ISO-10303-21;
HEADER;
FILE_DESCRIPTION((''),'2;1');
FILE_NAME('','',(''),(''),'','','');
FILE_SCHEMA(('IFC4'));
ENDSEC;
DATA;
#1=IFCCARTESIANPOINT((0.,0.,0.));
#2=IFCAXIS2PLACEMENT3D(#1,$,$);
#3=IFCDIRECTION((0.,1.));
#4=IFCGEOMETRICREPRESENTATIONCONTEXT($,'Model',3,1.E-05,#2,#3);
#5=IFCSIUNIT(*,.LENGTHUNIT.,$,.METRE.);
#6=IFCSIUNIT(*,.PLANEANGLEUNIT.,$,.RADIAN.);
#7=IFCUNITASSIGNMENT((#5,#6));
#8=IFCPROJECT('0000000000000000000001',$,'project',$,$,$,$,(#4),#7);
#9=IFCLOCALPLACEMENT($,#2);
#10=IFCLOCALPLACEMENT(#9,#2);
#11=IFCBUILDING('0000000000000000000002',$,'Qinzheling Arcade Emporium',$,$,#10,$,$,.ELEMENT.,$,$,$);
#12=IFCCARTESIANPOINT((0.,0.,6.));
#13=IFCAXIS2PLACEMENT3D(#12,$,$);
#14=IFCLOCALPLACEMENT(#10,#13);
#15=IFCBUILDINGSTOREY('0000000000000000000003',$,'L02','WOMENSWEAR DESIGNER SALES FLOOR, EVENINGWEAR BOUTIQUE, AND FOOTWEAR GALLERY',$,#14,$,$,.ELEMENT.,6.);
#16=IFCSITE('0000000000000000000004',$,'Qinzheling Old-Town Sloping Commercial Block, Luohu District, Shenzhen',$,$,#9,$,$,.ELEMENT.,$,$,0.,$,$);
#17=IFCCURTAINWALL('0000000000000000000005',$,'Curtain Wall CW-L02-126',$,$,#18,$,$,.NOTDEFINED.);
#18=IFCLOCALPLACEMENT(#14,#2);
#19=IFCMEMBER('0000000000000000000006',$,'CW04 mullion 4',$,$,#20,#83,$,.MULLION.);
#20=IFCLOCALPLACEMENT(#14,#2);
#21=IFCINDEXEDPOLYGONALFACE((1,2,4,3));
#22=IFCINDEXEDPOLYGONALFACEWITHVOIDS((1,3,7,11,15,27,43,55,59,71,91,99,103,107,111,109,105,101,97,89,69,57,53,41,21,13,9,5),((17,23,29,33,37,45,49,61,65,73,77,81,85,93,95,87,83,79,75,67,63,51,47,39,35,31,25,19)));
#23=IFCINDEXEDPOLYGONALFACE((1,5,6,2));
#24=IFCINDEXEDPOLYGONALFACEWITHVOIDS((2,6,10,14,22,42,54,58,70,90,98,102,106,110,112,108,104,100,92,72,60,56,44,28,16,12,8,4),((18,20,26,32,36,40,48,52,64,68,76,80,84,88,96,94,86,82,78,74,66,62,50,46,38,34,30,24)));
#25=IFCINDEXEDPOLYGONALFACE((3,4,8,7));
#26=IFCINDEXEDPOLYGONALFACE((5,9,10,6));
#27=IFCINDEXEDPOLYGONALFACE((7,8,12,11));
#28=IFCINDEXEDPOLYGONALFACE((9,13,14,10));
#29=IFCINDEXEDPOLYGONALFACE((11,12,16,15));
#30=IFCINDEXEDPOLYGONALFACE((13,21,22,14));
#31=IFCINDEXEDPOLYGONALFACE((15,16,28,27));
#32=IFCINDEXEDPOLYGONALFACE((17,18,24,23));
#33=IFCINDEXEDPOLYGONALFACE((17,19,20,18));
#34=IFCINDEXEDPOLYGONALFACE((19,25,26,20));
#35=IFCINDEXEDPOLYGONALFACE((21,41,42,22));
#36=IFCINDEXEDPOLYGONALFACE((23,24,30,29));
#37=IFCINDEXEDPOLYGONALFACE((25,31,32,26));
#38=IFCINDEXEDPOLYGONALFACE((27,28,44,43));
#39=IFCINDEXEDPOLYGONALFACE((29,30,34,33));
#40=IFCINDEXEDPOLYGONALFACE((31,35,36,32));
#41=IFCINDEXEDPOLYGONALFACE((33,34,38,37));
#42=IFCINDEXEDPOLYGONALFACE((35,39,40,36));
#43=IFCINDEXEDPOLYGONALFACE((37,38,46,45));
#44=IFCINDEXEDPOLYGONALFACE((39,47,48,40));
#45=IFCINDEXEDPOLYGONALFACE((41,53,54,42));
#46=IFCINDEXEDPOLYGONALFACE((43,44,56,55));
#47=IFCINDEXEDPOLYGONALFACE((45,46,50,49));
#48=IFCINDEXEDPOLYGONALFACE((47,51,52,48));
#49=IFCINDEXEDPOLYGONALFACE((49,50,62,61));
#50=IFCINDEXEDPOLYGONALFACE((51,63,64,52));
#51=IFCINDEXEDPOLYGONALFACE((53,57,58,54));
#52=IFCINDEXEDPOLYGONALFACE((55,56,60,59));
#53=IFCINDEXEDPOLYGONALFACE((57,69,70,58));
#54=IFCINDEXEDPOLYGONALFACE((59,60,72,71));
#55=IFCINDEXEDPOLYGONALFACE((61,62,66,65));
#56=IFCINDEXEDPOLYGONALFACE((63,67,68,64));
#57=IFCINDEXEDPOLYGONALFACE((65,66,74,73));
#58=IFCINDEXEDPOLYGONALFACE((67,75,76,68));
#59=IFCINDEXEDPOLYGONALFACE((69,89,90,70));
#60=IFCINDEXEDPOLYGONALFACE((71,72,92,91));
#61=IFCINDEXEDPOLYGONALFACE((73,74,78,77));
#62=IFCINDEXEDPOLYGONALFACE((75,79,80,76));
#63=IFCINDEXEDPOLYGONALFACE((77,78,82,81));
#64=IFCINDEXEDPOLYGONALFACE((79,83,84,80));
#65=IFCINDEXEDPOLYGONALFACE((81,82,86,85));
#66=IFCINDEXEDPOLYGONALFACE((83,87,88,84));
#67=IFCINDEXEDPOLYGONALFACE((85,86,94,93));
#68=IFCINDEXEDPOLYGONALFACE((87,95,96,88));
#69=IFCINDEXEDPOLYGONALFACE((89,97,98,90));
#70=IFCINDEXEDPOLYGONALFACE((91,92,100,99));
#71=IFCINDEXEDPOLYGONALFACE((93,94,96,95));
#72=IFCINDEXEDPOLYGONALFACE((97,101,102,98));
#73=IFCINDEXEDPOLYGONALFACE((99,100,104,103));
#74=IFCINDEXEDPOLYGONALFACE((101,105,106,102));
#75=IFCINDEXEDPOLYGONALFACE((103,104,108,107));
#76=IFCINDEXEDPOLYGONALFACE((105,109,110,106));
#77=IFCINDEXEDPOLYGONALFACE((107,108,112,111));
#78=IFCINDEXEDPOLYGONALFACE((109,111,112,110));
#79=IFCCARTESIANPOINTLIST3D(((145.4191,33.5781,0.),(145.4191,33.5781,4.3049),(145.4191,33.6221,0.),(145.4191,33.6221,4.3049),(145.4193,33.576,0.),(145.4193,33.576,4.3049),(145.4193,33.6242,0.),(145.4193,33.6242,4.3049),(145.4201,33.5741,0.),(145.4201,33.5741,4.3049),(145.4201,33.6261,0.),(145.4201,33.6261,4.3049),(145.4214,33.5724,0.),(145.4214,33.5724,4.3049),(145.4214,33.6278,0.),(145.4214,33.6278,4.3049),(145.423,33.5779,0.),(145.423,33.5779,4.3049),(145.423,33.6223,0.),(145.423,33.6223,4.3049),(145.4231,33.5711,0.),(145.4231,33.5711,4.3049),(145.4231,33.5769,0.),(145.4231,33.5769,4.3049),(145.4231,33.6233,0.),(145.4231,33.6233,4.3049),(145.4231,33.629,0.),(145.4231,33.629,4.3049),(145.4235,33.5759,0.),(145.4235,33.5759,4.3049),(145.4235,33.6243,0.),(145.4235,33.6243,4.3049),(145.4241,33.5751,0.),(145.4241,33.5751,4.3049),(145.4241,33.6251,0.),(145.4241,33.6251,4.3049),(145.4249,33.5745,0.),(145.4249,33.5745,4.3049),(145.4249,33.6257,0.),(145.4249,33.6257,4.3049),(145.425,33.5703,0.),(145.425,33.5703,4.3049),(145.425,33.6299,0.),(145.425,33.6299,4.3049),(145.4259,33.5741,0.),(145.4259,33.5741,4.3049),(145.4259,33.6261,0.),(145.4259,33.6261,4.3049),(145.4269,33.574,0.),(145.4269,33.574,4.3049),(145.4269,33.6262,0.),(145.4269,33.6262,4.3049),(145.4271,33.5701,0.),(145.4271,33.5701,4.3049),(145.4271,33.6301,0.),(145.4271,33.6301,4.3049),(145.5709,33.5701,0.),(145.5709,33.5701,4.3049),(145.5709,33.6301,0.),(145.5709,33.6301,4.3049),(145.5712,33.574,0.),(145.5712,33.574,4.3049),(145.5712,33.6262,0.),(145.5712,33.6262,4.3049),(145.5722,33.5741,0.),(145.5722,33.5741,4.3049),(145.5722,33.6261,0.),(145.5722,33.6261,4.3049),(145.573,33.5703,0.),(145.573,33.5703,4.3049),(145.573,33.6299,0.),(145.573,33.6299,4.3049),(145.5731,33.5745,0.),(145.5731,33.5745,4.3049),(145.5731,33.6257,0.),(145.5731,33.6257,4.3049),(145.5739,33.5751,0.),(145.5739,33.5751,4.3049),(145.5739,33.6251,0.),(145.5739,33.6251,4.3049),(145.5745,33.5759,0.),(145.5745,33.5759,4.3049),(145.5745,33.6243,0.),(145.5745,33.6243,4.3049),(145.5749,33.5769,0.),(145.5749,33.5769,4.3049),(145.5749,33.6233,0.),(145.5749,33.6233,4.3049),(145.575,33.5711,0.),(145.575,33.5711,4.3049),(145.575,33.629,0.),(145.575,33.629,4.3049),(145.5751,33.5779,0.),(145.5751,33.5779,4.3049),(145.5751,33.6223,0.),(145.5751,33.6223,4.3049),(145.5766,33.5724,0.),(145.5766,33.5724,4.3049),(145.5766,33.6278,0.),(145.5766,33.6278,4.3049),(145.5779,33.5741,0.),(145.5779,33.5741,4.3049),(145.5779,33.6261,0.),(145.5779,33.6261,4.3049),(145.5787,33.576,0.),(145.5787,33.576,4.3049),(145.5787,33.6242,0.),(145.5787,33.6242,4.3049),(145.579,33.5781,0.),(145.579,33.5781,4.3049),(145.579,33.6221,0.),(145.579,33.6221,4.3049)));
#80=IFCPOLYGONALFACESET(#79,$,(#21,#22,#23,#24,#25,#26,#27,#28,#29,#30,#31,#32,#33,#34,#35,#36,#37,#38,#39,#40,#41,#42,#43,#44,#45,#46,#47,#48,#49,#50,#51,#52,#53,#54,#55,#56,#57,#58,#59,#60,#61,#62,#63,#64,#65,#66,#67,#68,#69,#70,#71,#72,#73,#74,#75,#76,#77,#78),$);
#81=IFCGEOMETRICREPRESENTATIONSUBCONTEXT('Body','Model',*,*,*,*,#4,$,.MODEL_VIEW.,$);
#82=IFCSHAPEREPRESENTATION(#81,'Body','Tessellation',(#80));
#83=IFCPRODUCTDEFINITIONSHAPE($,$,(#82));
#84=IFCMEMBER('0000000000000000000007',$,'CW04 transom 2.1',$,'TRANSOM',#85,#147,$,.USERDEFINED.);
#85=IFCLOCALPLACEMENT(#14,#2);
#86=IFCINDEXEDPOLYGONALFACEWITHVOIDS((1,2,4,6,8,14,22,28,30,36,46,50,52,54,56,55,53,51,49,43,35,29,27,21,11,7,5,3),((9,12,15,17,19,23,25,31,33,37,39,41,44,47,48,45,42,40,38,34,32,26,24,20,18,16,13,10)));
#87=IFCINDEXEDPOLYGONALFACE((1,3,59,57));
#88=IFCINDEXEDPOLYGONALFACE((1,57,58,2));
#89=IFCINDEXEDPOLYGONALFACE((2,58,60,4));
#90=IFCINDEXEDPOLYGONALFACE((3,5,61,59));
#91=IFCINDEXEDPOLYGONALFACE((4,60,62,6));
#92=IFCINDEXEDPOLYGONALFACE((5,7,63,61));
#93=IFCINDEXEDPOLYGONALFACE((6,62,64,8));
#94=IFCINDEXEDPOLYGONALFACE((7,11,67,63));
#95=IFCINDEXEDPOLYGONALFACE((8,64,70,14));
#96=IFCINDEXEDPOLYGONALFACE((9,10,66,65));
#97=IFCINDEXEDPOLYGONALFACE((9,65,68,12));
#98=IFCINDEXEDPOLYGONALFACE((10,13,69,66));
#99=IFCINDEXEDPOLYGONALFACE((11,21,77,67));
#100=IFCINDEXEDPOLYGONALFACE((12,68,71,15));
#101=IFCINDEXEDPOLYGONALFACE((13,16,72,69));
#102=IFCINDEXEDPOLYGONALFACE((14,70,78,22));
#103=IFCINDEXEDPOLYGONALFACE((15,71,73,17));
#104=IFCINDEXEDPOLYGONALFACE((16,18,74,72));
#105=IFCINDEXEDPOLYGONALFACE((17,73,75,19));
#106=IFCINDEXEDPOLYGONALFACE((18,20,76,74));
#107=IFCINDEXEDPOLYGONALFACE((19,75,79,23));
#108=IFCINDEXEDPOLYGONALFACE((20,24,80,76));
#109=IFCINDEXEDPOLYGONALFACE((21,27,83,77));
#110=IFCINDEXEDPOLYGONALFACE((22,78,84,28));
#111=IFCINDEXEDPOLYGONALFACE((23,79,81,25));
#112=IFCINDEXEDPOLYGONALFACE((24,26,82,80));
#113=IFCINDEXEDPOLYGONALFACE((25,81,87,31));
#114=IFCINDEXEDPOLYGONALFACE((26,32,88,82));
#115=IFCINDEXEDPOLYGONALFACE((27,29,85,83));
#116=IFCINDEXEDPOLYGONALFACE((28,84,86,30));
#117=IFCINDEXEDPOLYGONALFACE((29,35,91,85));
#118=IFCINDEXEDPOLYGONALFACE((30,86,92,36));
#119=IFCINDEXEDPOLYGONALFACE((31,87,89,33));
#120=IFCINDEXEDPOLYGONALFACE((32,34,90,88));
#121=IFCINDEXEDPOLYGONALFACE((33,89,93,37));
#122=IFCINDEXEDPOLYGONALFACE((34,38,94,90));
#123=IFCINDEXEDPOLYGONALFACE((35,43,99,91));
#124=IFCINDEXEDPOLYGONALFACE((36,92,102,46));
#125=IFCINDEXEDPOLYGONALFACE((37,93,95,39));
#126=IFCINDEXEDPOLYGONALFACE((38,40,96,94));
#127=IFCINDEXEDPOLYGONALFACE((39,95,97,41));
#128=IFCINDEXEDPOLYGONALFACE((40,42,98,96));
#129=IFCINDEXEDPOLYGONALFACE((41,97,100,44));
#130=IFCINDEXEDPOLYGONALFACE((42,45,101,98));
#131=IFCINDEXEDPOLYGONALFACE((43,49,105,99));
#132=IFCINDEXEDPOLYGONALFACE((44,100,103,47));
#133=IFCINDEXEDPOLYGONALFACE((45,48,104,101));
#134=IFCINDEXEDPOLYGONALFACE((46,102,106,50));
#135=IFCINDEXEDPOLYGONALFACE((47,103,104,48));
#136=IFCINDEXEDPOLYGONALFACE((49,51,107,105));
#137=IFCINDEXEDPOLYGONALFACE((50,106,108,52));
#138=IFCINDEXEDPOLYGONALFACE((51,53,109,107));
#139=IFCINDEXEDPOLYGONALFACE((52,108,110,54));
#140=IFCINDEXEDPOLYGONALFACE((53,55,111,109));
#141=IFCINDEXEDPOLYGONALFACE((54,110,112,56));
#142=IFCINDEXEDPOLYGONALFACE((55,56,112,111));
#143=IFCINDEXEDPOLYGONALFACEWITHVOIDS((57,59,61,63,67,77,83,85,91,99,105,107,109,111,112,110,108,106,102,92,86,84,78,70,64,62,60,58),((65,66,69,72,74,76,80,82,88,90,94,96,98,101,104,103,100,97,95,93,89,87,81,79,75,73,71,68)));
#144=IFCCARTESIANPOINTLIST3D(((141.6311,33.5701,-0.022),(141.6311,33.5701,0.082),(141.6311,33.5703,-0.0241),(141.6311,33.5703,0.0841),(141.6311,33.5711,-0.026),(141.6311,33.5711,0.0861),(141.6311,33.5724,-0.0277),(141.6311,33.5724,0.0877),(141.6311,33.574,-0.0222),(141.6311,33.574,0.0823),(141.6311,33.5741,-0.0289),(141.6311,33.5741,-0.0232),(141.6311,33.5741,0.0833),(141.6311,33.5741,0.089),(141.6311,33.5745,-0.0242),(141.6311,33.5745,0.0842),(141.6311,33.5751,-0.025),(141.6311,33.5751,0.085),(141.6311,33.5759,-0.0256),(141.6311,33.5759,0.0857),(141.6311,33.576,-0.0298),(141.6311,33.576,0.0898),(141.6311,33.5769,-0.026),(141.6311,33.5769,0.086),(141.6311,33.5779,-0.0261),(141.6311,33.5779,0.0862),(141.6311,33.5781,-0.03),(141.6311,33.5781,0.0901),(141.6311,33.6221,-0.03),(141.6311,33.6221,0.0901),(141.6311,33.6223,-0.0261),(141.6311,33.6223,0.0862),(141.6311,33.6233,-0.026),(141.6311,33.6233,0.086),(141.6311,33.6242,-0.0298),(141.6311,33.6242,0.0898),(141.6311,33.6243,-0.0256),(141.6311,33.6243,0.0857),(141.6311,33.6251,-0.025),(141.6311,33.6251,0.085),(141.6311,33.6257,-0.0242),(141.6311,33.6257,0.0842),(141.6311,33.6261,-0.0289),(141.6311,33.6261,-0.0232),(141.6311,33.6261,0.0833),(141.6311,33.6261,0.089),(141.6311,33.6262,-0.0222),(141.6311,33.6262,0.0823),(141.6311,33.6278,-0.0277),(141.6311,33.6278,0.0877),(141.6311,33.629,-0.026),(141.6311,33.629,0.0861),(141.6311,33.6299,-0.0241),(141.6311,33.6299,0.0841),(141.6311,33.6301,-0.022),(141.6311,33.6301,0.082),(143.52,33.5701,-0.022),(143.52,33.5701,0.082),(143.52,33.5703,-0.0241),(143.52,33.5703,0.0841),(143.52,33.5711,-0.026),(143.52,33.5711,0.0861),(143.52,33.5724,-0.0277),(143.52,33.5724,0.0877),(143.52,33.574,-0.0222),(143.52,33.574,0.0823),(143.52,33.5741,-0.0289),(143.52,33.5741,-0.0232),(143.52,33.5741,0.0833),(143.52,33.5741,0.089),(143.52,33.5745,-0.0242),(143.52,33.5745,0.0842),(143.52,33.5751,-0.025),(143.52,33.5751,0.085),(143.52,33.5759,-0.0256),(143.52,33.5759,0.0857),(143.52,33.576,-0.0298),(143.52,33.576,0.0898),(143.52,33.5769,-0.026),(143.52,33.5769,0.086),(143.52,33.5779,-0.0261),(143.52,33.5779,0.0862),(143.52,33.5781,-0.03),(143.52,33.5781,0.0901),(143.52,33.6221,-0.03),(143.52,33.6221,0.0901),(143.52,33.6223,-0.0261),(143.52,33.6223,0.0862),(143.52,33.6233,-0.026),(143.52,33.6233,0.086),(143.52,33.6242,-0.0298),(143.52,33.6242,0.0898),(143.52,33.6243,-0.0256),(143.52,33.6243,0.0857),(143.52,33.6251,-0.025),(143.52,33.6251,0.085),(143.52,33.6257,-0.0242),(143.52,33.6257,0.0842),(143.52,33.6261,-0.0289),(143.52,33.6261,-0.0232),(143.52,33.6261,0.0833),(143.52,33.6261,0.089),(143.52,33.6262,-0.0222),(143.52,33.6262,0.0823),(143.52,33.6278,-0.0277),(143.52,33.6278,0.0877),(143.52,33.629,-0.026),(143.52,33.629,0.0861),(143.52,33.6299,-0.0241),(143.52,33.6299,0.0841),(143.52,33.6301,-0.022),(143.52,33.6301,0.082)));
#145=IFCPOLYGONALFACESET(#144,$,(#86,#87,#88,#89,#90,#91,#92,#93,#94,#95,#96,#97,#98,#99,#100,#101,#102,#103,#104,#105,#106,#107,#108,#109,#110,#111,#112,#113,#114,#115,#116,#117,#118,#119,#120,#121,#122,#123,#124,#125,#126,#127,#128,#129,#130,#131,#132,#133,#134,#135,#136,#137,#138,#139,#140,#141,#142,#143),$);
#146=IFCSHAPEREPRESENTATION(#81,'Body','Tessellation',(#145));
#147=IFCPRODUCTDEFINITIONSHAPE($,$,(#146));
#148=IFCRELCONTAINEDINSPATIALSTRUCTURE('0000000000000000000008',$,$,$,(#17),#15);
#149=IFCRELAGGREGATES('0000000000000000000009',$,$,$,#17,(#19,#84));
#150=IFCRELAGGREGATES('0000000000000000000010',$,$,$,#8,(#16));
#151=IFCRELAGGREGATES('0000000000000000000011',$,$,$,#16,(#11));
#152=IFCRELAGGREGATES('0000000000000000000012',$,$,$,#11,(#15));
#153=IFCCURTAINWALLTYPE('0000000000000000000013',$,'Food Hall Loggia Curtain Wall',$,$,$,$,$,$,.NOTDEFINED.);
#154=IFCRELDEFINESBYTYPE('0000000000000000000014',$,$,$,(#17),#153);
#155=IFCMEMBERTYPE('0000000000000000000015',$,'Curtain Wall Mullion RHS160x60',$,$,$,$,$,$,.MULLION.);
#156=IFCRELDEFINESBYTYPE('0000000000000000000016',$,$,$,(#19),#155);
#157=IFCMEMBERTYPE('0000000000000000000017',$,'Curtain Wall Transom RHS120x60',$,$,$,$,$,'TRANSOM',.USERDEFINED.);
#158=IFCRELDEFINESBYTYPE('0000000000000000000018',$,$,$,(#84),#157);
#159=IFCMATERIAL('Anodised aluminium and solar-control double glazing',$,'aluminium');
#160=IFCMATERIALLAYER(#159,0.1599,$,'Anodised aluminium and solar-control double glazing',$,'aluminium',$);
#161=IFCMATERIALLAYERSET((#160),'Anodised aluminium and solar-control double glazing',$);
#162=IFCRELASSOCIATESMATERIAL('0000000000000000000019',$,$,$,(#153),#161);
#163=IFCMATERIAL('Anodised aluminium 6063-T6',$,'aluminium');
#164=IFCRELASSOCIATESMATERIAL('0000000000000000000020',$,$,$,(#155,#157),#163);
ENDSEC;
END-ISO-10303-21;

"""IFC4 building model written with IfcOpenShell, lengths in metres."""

from ifc_helpers import new_model, si_unit, direction, frame, origin, origin_2d, place, context, subcontext, project, spatial, hollow_rectangle, extrude, material, layer, layer_set, material_profile, profile_set, type_object, element, aggregate, save


model = new_model("IFC4")

# Units and contexts
model_context = context("Model", 3, precision=1e-05, world=origin(), true_north=direction((0.0, 1.0)))
body_context = subcontext(model_context, "Body", "Model", "MODEL_VIEW")
ifc_project = project(units=[si_unit("LENGTHUNIT", "METRE"), si_unit("PLANEANGLEUNIT", "RADIAN")], contexts=[model_context])

# Site, building, storey
site_placement = place(None, origin())
site = spatial("IfcSite", under=ifc_project, at=site_placement, Name="Qinzheling Old-Town Sloping Commercial Block, Luohu District, Shenzhen", CompositionType="ELEMENT", RefElevation=0.0)
building_placement = place(site_placement, origin())
building = spatial("IfcBuilding", under=site, at=building_placement, Name="Qinzheling Arcade Emporium", CompositionType="ELEMENT")
storey_placement = place(building_placement, frame((0.0, 0.0, 6.0)))
storey = spatial("IfcBuildingStorey", under=building, at=storey_placement, Name="L02", Description="WOMENSWEAR DESIGNER SALES FLOOR, EVENINGWEAR BOUTIQUE, AND FOOTWEAR GALLERY", CompositionType="ELEMENT", Elevation=6.0)

# Curtain wall, members
ifc_material_1 = material(Name="Anodised aluminium and solar-control double glazing", Category="aluminium")
ifc_layer_1 = layer(ifc_material_1, 0.1599, Name="Anodised aluminium and solar-control double glazing", Category="aluminium")
ifc_layer_set_1 = layer_set([ifc_layer_1], Name="Anodised aluminium and solar-control double glazing")
curtain_wall_type = type_object("IfcCurtainWallType", Name="Food Hall Loggia Curtain Wall", PredefinedType="NOTDEFINED", material=ifc_layer_set_1)
curtain_wall_placement = place(storey_placement, origin())
curtain_wall = element("IfcCurtainWall", 1, at=curtain_wall_placement, inside=storey, type_object=curtain_wall_type, Name="Curtain Wall CW-L02-126", PredefinedType="NOTDEFINED")
ifc_material_2 = material(Name="Anodised aluminium 6063-T6", Category="aluminium")
ifc_material_profile_1 = material_profile(ifc_material_2, hollow_rectangle(XDim=0.0601, YDim=0.1599, WallThickness=0.0039, InnerFilletRadius=0.0039, OuterFilletRadius=0.0081, at=origin_2d()), Name="RHS 160x60x4", Category="aluminium")
ifc_profile_set_1 = profile_set([ifc_material_profile_1], Name="Anodised aluminium 6063-T6")
member_type_1 = type_object("IfcMemberType", Name="Curtain Wall Mullion RHS160x60", PredefinedType="MULLION", material=ifc_profile_set_1)
member_1_placement = place(storey_placement, frame((145.499, 33.6001, 0.0), z_axis=(0.0, 0.0, 1.0), x_axis=(0.0, 1.0, 0.0)))
member_1 = element("IfcMember", 2, at=member_1_placement, type_object=member_type_1, Name="CW04 mullion 4", PredefinedType="MULLION", context=body_context, shape_type="SweptSolid", body=[
    extrude(hollow_rectangle(XDim=0.0601, YDim=0.1599, WallThickness=0.0039, InnerFilletRadius=0.0039, OuterFilletRadius=0.0081, at=origin_2d()), origin(), (0.0, 0.0, 1.0), 4.3049),
])
ifc_material_profile_2 = material_profile(ifc_material_2, hollow_rectangle(XDim=0.0601, YDim=0.1201, WallThickness=0.0039, InnerFilletRadius=0.0039, OuterFilletRadius=0.0081, at=origin_2d()), Name="RHS 120x60x4", Category="aluminium")
ifc_profile_set_2 = profile_set([ifc_material_profile_2], Name="Anodised aluminium 6063-T6")
member_type_2 = type_object("IfcMemberType", Name="Curtain Wall Transom RHS120x60", ElementType="TRANSOM", PredefinedType="USERDEFINED", material=ifc_profile_set_2)
member_2_placement = place(storey_placement, frame((141.6311, 33.6001, 0.03), z_axis=(1.0, 0.0, 0.0), x_axis=(0.0, 1.0, 0.0)))
member_2 = element("IfcMember", 3, at=member_2_placement, type_object=member_type_2, Name="CW04 transom 2.1", ObjectType="TRANSOM", PredefinedType="USERDEFINED", context=body_context, shape_type="SweptSolid", body=[
    extrude(hollow_rectangle(XDim=0.0601, YDim=0.1201, WallThickness=0.0039, InnerFilletRadius=0.0039, OuterFilletRadius=0.0081, at=origin_2d()), origin(), (0.0, 0.0, 1.0), 1.8889),
])
aggregate(curtain_wall, [member_1, member_2])

save(model, "model.ifc")
